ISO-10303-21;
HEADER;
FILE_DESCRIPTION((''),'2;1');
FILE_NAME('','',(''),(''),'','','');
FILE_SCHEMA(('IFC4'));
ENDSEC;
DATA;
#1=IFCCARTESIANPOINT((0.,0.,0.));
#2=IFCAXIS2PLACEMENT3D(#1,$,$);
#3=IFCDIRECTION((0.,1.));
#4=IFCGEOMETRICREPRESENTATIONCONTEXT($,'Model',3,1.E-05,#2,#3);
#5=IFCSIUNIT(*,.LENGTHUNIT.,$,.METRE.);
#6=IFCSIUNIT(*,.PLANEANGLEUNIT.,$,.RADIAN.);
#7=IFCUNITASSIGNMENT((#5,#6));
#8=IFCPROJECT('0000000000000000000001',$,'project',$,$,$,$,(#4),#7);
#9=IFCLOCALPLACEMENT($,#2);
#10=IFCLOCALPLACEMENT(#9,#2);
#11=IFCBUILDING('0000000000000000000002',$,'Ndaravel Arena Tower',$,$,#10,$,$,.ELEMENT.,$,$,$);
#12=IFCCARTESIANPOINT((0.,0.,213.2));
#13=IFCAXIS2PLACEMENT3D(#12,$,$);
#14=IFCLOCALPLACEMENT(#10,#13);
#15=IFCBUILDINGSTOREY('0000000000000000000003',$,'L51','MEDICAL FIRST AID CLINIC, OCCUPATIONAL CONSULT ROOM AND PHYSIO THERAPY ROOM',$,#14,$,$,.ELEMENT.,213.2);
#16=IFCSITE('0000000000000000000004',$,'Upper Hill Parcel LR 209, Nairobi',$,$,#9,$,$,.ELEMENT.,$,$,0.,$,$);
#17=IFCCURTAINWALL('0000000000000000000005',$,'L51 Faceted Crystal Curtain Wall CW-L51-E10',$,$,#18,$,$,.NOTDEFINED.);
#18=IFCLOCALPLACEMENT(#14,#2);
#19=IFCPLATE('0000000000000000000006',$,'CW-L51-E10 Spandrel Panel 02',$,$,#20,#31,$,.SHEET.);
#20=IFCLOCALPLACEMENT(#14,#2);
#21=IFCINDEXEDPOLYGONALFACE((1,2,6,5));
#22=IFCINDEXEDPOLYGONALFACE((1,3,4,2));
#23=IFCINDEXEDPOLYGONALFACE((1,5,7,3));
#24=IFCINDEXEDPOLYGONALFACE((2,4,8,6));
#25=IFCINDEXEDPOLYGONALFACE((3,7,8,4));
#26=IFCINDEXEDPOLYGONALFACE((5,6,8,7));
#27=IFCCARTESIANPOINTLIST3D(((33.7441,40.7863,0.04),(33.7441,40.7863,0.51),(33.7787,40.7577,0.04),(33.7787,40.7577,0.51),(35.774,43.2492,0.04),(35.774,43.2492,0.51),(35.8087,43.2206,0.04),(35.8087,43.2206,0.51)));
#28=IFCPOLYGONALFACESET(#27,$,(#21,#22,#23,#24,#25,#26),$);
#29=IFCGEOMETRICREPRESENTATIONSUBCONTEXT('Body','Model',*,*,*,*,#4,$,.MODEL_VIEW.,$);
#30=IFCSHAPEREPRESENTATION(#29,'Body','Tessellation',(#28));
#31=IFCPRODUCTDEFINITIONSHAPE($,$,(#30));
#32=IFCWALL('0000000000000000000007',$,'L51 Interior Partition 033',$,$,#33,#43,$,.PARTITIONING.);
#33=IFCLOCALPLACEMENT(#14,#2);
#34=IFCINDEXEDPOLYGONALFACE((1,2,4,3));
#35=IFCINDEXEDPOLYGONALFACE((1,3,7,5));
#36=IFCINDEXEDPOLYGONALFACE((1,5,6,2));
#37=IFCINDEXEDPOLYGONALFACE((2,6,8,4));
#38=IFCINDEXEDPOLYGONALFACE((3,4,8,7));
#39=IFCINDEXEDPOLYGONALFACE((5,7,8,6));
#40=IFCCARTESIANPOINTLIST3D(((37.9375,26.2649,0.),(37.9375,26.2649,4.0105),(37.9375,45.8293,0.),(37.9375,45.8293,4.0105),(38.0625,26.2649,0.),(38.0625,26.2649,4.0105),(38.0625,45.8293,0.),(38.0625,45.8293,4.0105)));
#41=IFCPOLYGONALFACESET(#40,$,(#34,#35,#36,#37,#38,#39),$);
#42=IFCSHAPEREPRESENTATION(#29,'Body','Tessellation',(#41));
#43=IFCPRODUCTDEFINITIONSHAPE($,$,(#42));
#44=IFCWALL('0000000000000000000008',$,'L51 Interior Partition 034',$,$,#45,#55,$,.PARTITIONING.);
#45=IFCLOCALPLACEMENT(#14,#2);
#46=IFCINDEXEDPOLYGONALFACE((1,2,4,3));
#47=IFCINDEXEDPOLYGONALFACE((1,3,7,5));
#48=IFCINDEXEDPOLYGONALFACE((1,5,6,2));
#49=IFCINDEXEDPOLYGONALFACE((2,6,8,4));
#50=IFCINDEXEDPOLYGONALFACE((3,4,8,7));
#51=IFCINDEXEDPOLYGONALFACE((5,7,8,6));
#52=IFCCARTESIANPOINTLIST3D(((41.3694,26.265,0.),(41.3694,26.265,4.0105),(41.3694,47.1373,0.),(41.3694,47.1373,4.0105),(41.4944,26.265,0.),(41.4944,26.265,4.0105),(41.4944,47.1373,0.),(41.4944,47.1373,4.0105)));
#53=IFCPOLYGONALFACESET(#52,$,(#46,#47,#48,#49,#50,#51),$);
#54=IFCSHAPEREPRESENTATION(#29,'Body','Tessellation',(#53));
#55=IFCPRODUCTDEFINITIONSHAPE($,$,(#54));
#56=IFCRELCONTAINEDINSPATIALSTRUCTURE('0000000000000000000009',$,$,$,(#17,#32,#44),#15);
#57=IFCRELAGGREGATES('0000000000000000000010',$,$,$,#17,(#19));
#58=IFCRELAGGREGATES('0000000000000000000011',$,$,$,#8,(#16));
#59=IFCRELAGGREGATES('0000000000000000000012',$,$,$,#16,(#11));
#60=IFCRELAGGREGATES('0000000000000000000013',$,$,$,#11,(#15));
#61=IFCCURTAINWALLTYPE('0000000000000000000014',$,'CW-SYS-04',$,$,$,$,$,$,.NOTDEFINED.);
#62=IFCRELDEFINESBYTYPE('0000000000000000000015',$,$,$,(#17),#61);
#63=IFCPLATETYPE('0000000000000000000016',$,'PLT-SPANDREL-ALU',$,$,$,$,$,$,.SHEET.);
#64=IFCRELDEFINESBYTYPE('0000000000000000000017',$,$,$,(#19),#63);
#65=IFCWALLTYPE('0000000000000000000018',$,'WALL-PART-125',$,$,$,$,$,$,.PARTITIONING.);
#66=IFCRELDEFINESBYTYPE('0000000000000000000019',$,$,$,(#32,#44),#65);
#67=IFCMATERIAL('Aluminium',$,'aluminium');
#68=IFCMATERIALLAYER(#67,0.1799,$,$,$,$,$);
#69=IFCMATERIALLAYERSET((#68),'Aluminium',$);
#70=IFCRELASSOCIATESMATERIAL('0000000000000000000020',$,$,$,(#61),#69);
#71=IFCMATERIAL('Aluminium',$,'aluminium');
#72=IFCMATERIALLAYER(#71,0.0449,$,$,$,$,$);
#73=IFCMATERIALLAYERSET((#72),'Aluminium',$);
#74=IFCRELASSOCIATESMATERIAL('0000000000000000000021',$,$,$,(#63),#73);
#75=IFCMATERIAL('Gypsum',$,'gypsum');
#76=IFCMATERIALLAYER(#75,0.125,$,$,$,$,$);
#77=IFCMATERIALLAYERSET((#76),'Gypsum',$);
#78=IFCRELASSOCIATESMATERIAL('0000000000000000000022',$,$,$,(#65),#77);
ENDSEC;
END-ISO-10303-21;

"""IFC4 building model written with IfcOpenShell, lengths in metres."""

from ifc_helpers import new_model, si_unit, direction, frame, frame_2d, origin, origin_2d, place, context, subcontext, project, spatial, rectangle, extrude, material, layer, layer_set, type_object, element, aggregate, save


model = new_model("IFC4")

# Units and contexts
model_context = context("Model", 3, precision=1e-05, world=origin(), true_north=direction((0.0, 1.0)))
body_context = subcontext(model_context, "Body", "Model", "MODEL_VIEW")
ifc_project = project(units=[si_unit("LENGTHUNIT", "METRE"), si_unit("PLANEANGLEUNIT", "RADIAN")], contexts=[model_context])

# Site, building, storey
site_placement = place(None, origin())
site = spatial("IfcSite", under=ifc_project, at=site_placement, Name="Upper Hill Parcel LR 209, Nairobi", CompositionType="ELEMENT", RefElevation=0.0)
building_placement = place(site_placement, origin())
building = spatial("IfcBuilding", under=site, at=building_placement, Name="Ndaravel Arena Tower", CompositionType="ELEMENT")
storey_placement = place(building_placement, frame((0.0, 0.0, 213.2)))
storey = spatial("IfcBuildingStorey", under=building, at=storey_placement, Name="L51", Description="MEDICAL FIRST AID CLINIC, OCCUPATIONAL CONSULT ROOM AND PHYSIO THERAPY ROOM", CompositionType="ELEMENT", Elevation=213.2)

# Curtain wall
ifc_material_1 = material(Name="Aluminium", Category="aluminium")
ifc_layer_1 = layer(ifc_material_1, 0.1799)
ifc_layer_set_1 = layer_set([ifc_layer_1], Name="Aluminium")
curtain_wall_type = type_object("IfcCurtainWallType", Name="CW-SYS-04", PredefinedType="NOTDEFINED", material=ifc_layer_set_1)
curtain_wall_1_placement = place(storey_placement, origin())
curtain_wall_1 = element("IfcCurtainWall", 1, at=curtain_wall_1_placement, inside=storey, type_object=curtain_wall_type, Name="L51 Faceted Crystal Curtain Wall CW-L51-E10", PredefinedType="NOTDEFINED")

# Plate
ifc_material_2 = material(Name="Aluminium", Category="aluminium")
ifc_layer_2 = layer(ifc_material_2, 0.0449)
ifc_layer_set_2 = layer_set([ifc_layer_2], Name="Aluminium")
plate_type_1 = type_object("IfcPlateType", Name="PLT-SPANDREL-ALU", PredefinedType="SHEET", material=ifc_layer_set_2)
plate_1_placement = place(storey_placement, frame((34.7764, 42.0034, 0.04), z_axis=(0.0, 0.0, 1.0), x_axis=(-0.636024, -0.771669, 0.0)))
plate_1 = element("IfcPlate", 2, at=plate_1_placement, type_object=plate_type_1, Name="CW-L51-E10 Spandrel Panel 02", PredefinedType="SHEET", context=body_context, shape_type="SweptSolid", body=[
    extrude(rectangle(XDim=3.1917, YDim=0.0449, at=origin_2d()), origin(), (0.0, 0.0, 1.0), 0.47),
])
aggregate(curtain_wall_1, [plate_1])

# Walls
ifc_material_3 = material(Name="Gypsum", Category="gypsum")
ifc_layer_3 = layer(ifc_material_3, 0.125)
ifc_layer_set_3 = layer_set([ifc_layer_3], Name="Gypsum")
wall_type = type_object("IfcWallType", Name="WALL-PART-125", PredefinedType="PARTITIONING", material=ifc_layer_set_3)
wall_1_placement = place(storey_placement, frame((38.0, 45.8293, 0.0), z_axis=(0.0, 0.0, 1.0), x_axis=(0.0, -1.0, 0.0)))
element("IfcWall", 3, at=wall_1_placement, inside=storey, type_object=wall_type, Name="L51 Interior Partition 033", PredefinedType="PARTITIONING", context=body_context, shape_type="SweptSolid", body=[
    extrude(rectangle(XDim=19.5645, YDim=0.125, at=frame_2d((9.7822, 0.0))), origin(), (0.0, 0.0, 1.0), 4.0105),
])
wall_2_placement = place(storey_placement, frame((41.4319, 47.1372, 0.0), z_axis=(0.0, 0.0, 1.0), x_axis=(0.0, -1.0, 0.0)))
element("IfcWall", 4, at=wall_2_placement, inside=storey, type_object=wall_type, Name="L51 Interior Partition 034", PredefinedType="PARTITIONING", context=body_context, shape_type="SweptSolid", body=[
    extrude(rectangle(XDim=20.8723, YDim=0.125, at=frame_2d((10.436, 0.0))), origin(), (0.0, 0.0, 1.0), 4.0105),
])

save(model, "model.ifc")
